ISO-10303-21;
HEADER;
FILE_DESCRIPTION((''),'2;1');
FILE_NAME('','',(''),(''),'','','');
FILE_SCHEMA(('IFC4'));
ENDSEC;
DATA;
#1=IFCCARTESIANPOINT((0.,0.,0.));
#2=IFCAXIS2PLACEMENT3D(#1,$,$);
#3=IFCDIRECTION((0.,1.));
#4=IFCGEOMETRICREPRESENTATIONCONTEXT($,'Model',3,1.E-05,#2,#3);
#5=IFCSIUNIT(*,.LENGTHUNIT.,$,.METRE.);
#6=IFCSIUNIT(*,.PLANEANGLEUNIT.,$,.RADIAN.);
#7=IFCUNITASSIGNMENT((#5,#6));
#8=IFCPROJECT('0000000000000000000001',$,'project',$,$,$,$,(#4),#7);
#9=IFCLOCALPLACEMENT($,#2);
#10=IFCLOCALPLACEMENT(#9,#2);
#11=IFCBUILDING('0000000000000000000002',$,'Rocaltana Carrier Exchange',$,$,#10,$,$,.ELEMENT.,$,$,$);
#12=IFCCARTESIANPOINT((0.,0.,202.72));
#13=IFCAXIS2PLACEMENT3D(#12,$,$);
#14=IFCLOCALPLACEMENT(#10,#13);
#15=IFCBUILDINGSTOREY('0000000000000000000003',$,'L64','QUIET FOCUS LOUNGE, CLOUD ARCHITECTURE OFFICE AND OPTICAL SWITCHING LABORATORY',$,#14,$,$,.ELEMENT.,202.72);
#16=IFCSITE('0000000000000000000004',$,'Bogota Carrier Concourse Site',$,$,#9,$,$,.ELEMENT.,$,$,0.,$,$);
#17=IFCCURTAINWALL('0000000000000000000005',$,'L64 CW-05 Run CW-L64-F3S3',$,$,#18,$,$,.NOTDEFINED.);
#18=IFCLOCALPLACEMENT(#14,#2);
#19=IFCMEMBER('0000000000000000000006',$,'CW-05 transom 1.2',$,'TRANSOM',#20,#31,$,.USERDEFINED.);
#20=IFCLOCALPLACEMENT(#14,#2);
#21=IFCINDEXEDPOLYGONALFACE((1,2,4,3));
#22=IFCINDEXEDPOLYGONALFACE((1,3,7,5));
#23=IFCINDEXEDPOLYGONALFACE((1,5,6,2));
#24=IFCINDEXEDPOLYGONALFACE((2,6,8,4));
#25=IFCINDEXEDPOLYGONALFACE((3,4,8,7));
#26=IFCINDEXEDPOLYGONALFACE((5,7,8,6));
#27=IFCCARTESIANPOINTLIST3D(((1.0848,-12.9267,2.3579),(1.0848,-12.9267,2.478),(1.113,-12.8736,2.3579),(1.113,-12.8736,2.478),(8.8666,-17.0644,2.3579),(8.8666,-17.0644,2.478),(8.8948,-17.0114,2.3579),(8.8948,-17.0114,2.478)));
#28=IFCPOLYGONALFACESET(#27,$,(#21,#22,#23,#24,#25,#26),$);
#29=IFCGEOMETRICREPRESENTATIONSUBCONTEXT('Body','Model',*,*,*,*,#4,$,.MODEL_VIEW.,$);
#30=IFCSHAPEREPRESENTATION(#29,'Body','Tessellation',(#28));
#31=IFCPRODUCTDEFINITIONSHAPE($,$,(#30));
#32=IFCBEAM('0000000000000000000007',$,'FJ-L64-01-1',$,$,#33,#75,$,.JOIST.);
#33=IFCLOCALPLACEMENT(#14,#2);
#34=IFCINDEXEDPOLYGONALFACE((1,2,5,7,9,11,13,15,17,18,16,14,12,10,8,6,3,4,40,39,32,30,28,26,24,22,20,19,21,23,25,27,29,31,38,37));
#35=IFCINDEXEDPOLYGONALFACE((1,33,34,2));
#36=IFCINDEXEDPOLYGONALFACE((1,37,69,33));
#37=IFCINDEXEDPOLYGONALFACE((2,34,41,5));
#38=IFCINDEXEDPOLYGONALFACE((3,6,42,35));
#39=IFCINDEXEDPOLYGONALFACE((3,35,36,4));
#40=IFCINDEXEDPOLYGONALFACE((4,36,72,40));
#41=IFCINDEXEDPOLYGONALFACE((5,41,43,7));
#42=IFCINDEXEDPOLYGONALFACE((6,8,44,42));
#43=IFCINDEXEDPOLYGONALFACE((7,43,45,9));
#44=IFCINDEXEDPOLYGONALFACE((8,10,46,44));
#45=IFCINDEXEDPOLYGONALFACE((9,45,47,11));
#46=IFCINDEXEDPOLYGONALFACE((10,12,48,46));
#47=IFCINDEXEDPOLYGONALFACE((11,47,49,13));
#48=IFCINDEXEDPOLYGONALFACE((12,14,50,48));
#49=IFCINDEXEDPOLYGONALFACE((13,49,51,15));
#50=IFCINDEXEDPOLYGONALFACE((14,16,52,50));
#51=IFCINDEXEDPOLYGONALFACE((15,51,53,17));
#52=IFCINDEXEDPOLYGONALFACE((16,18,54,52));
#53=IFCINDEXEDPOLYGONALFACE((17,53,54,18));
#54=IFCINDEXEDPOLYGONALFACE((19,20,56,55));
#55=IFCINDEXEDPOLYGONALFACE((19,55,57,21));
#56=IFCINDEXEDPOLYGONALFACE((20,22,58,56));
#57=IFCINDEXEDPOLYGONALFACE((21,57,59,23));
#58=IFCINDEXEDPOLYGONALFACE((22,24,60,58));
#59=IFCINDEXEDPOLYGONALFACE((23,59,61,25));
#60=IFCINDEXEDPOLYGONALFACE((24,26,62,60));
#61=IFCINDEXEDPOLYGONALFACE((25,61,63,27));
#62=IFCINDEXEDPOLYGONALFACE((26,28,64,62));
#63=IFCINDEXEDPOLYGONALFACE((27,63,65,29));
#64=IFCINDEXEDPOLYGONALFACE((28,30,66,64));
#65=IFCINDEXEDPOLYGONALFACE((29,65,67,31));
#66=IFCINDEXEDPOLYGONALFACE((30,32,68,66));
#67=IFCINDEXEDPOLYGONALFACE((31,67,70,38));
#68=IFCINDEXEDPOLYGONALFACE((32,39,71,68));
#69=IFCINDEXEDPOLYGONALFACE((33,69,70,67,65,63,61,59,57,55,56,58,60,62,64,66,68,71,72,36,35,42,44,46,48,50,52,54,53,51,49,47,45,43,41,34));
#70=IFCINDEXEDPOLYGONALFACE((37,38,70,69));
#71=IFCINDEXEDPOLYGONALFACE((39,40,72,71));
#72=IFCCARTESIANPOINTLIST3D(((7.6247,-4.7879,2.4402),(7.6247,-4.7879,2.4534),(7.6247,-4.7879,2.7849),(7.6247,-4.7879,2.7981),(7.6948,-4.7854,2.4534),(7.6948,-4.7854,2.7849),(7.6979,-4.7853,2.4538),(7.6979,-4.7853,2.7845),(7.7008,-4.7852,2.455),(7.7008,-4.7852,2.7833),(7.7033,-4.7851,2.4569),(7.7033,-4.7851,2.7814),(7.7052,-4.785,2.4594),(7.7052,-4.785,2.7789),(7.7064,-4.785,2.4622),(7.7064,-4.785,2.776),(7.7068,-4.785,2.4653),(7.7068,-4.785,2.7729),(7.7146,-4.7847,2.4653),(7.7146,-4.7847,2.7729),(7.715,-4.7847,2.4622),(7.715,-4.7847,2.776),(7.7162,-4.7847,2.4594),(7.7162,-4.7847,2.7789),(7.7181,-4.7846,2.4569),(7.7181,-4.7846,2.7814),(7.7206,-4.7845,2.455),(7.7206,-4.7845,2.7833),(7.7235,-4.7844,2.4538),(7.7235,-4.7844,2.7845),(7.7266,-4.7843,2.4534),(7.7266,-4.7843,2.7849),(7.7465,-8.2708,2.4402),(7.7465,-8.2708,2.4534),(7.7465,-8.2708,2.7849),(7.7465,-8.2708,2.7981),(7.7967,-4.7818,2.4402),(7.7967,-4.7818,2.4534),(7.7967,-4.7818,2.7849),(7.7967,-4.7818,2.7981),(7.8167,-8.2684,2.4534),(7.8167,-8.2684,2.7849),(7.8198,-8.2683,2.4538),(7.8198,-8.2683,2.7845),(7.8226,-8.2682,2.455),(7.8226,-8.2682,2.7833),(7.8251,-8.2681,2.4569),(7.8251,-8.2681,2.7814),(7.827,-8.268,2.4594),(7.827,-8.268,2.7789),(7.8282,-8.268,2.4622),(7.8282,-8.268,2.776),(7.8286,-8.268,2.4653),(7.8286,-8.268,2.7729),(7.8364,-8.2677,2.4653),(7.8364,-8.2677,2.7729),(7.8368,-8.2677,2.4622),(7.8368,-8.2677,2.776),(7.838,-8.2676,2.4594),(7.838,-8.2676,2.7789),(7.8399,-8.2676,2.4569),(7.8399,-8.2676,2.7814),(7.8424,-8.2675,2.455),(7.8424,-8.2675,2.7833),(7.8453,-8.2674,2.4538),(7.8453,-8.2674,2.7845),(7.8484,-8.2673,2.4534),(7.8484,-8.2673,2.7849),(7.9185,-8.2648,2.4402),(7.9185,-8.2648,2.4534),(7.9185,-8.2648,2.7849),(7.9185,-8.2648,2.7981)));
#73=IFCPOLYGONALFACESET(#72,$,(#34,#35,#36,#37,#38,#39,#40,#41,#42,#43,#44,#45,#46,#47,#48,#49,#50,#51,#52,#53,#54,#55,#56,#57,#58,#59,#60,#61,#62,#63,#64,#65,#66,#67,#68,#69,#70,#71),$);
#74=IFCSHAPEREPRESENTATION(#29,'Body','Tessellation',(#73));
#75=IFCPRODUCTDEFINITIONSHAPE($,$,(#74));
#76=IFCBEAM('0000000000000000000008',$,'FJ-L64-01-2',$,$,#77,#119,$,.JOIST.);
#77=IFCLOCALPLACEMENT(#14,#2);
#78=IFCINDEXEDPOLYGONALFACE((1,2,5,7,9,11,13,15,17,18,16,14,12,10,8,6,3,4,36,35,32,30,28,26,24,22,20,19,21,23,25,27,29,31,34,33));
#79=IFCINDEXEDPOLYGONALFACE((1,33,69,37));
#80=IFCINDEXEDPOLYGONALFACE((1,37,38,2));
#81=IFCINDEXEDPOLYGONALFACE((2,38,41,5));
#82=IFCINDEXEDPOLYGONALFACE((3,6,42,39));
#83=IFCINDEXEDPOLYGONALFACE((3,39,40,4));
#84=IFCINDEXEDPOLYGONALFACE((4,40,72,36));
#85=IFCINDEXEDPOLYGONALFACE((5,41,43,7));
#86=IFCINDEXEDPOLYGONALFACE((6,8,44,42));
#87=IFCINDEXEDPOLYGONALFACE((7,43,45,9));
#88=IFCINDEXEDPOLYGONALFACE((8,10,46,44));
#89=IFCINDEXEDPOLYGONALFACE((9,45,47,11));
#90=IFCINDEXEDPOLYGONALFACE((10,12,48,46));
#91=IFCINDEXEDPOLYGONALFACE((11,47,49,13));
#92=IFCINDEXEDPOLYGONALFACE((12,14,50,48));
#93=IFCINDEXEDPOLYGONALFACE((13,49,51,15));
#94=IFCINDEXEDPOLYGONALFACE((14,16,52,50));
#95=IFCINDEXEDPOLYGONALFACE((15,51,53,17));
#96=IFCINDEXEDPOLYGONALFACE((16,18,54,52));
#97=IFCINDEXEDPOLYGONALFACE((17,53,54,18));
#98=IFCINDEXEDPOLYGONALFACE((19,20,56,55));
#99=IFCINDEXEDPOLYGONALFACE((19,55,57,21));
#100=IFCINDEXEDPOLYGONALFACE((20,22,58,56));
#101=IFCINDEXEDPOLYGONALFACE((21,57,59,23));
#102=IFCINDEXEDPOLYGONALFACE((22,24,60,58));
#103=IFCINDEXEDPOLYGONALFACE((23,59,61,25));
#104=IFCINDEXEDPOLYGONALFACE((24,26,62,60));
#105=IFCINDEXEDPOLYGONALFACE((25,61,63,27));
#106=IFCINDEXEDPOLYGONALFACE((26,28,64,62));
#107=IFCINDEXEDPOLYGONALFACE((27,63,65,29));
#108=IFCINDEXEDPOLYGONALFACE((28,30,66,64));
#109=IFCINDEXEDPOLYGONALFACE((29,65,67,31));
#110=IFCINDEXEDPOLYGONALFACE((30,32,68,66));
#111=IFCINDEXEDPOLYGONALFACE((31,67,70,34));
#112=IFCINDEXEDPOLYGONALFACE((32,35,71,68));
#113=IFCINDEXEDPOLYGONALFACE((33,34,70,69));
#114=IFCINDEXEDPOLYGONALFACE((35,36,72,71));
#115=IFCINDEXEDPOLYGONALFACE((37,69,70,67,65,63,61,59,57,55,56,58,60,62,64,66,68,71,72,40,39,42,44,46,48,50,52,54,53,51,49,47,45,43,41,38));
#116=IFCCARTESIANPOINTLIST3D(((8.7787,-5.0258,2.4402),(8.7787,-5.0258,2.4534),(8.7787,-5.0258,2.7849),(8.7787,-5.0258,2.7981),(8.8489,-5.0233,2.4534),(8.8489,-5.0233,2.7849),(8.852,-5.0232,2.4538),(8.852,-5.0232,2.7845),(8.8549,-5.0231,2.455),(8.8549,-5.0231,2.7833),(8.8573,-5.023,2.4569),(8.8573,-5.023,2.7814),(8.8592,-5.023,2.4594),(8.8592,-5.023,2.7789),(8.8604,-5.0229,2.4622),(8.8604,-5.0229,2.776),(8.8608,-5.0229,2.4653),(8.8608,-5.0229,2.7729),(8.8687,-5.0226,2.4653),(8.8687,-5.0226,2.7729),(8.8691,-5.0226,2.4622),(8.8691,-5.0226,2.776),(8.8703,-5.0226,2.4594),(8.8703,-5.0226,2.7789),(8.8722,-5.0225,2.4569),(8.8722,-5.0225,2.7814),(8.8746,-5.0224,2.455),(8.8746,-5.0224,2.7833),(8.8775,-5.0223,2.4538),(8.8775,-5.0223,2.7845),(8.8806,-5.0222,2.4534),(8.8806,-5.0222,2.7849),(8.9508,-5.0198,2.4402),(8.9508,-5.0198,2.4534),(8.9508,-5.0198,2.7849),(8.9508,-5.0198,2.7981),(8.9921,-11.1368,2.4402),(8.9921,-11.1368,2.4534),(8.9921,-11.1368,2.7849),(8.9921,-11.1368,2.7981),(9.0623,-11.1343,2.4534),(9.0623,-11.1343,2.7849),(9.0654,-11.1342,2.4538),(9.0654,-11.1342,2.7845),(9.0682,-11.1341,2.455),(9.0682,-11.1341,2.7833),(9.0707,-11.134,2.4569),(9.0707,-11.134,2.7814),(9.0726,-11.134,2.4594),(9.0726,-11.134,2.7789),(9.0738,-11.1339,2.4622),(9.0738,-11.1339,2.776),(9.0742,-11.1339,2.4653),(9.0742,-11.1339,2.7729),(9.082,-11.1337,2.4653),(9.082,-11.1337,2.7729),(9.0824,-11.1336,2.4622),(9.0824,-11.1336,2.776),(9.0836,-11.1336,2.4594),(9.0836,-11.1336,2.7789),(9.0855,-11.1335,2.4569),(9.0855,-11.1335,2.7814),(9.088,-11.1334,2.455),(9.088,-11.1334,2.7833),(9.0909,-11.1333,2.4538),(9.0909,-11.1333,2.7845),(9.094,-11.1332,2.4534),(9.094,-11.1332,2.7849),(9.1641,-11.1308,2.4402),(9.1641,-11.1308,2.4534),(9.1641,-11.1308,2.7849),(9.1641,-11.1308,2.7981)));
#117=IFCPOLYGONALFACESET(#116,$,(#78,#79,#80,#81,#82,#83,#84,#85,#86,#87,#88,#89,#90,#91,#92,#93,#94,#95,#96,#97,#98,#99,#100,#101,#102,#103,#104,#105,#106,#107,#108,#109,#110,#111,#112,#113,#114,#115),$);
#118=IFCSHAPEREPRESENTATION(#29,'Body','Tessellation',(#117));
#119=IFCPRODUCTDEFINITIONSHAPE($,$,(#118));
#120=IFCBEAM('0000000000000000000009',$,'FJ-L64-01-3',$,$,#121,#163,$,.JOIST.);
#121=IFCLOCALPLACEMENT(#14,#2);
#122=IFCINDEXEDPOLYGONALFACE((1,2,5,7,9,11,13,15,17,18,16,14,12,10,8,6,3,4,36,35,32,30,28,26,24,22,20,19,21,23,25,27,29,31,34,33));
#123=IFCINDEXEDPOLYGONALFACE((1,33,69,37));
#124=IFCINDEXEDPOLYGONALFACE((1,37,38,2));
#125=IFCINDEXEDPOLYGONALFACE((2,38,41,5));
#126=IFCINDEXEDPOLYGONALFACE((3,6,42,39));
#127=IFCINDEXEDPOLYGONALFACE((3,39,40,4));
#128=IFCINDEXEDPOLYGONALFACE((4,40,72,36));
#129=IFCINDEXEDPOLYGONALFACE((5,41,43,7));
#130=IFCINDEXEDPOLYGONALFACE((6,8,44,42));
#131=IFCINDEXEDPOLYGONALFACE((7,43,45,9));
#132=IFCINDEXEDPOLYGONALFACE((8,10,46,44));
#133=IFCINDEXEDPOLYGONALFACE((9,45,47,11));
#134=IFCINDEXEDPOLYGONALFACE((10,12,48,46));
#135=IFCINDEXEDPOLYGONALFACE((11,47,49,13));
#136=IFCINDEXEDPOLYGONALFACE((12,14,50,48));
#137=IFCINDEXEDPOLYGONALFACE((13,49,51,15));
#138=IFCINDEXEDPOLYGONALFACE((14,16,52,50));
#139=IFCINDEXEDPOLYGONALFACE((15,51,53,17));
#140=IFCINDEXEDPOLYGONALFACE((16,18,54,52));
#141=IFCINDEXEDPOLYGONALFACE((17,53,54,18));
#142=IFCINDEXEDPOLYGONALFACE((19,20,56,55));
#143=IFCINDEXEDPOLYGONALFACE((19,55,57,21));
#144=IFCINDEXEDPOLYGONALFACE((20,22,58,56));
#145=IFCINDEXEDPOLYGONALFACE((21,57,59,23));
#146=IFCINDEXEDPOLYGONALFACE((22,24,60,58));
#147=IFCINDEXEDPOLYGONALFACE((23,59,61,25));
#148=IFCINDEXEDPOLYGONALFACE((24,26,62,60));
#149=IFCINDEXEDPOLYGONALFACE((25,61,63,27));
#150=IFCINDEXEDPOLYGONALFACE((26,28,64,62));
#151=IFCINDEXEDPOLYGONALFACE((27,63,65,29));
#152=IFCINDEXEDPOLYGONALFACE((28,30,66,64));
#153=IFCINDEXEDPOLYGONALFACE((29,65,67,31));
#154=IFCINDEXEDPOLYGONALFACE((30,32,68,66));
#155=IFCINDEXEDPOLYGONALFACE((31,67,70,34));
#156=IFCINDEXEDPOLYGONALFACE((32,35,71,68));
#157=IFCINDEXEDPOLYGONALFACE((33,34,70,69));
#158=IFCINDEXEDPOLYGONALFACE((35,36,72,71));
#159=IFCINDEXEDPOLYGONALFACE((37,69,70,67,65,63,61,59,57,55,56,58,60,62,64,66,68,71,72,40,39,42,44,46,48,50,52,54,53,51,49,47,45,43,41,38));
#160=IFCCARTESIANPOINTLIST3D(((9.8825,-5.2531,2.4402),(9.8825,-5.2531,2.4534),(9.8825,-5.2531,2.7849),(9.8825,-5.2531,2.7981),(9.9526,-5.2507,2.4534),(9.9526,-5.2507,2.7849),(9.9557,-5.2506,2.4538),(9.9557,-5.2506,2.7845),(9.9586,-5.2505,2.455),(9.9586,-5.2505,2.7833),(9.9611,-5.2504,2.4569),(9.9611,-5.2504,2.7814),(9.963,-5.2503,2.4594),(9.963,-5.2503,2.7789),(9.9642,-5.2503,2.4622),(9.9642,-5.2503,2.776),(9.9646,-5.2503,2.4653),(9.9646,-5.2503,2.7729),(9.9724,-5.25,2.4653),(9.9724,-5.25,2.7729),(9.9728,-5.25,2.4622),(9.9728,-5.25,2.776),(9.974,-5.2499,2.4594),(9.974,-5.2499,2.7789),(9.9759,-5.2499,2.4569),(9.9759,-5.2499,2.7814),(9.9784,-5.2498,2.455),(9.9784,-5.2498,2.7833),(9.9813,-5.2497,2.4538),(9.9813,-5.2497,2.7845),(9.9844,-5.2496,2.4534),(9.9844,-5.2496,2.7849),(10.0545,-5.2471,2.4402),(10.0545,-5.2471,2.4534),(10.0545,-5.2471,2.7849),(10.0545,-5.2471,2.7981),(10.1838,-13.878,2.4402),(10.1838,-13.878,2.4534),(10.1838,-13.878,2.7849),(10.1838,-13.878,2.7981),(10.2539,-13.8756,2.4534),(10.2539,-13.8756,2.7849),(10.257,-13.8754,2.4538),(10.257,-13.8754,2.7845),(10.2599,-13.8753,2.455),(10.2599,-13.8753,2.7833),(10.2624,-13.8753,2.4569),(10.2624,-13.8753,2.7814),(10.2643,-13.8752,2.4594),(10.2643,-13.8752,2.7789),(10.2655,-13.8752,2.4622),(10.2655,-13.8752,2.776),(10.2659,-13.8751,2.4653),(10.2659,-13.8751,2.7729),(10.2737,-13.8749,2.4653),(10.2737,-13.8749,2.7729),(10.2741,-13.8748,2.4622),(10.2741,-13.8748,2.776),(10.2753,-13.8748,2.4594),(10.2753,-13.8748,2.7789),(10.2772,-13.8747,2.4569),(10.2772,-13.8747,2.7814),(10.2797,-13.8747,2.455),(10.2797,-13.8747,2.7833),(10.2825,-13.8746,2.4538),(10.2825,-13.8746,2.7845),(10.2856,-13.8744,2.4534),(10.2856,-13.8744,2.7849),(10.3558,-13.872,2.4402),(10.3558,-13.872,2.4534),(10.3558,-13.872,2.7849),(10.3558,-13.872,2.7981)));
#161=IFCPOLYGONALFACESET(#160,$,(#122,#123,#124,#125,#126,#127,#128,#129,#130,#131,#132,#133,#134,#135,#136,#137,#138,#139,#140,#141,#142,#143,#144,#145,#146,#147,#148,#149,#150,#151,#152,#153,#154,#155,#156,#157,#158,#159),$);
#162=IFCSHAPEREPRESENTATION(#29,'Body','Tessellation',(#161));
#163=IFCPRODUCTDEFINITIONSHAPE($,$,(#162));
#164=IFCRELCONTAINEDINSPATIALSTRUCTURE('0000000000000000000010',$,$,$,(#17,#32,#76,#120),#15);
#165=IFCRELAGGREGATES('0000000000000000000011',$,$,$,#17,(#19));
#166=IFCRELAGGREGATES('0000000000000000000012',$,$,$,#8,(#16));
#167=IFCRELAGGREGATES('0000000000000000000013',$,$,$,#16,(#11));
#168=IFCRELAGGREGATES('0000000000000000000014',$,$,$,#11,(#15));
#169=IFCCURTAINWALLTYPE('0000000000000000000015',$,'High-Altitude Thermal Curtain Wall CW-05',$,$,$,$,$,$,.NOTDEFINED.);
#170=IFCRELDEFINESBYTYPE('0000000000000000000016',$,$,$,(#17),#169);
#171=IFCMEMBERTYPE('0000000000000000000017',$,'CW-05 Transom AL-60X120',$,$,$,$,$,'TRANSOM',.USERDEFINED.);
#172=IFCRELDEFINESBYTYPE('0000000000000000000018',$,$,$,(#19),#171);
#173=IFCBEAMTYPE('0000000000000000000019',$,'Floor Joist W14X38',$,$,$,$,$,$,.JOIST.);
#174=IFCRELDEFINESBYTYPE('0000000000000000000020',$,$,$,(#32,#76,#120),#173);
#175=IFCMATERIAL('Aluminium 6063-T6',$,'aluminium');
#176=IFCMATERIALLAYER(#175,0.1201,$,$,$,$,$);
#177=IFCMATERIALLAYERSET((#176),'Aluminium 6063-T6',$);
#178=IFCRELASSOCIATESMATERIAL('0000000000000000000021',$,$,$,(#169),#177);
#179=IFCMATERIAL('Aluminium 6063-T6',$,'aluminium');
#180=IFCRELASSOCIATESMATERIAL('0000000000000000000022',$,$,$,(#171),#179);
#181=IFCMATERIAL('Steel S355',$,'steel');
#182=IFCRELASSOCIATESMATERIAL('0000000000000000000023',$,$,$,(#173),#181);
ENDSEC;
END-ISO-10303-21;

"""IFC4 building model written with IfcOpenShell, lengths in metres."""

from ifc_helpers import new_model, si_unit, direction, frame, origin, origin_2d, place, context, subcontext, project, spatial, rectangle, i_section, extrude, material, layer, layer_set, material_profile, profile_set, type_object, element, aggregate, save


model = new_model("IFC4")

# Units and contexts
model_context = context("Model", 3, precision=1e-05, world=origin(), true_north=direction((0.0, 1.0)))
body_context = subcontext(model_context, "Body", "Model", "MODEL_VIEW")
ifc_project = project(units=[si_unit("LENGTHUNIT", "METRE"), si_unit("PLANEANGLEUNIT", "RADIAN")], contexts=[model_context])

# Site, building, storey
site_placement = place(None, origin())
site = spatial("IfcSite", under=ifc_project, at=site_placement, Name="Bogota Carrier Concourse Site", CompositionType="ELEMENT", RefElevation=0.0)
building_placement = place(site_placement, origin())
building = spatial("IfcBuilding", under=site, at=building_placement, Name="Rocaltana Carrier Exchange", CompositionType="ELEMENT")
storey_placement = place(building_placement, frame((0.0, 0.0, 202.72)))
storey = spatial("IfcBuildingStorey", under=building, at=storey_placement, Name="L64", Description="QUIET FOCUS LOUNGE, CLOUD ARCHITECTURE OFFICE AND OPTICAL SWITCHING LABORATORY", CompositionType="ELEMENT", Elevation=202.72)

# Curtain wall
ifc_material_1 = material(Name="Aluminium 6063-T6", Category="aluminium")
ifc_layer_1 = layer(ifc_material_1, 0.1201)
ifc_layer_set_1 = layer_set([ifc_layer_1], Name="Aluminium 6063-T6")
curtain_wall_type = type_object("IfcCurtainWallType", Name="High-Altitude Thermal Curtain Wall CW-05", PredefinedType="NOTDEFINED", material=ifc_layer_set_1)
curtain_wall_1_placement = place(storey_placement, origin())
curtain_wall_1 = element("IfcCurtainWall", 1, at=curtain_wall_1_placement, inside=storey, type_object=curtain_wall_type, Name="L64 CW-05 Run CW-L64-F3S3", PredefinedType="NOTDEFINED")

# Member
ifc_material_2 = material(Name="Aluminium 6063-T6", Category="aluminium")
ifc_material_profile_1 = material_profile(ifc_material_2, rectangle(XDim=0.0601, YDim=0.1201, at=origin_2d()), Name="AL-60X120")
ifc_profile_set_1 = profile_set([ifc_material_profile_1], Name="Aluminium 6063-T6")
member_type_1 = type_object("IfcMemberType", Name="CW-05 Transom AL-60X120", ElementType="TRANSOM", PredefinedType="USERDEFINED", material=ifc_profile_set_1)
member_1_placement = place(storey_placement, frame((1.0989, -12.9001, 2.418), z_axis=(0.882944, -0.469478, 0.0), x_axis=(0.469478, 0.882944, 0.0)))
member_1 = element("IfcMember", 2, at=member_1_placement, type_object=member_type_1, Name="CW-05 transom 1.2", ObjectType="TRANSOM", PredefinedType="USERDEFINED", context=body_context, shape_type="SweptSolid", body=[
    extrude(rectangle(XDim=0.0601, YDim=0.1201, at=origin_2d()), origin(), (0.0, 0.0, 1.0), 8.8135),
])

# Beams
ifc_material_3 = material(Name="Steel S355", Category="steel")
ifc_material_profile_2 = material_profile(ifc_material_3, i_section(OverallWidth=0.1721, OverallDepth=0.3579, WebThickness=0.0078, FlangeThickness=0.0132, FilletRadius=0.012, at=origin_2d()), Name="W14X38")
ifc_profile_set_2 = profile_set([ifc_material_profile_2], Name="Steel S355")
beam_type_1 = type_object("IfcBeamType", Name="Floor Joist W14X38", PredefinedType="JOIST", material=ifc_profile_set_2)
beam_1_placement = place(storey_placement, frame((7.8325, -8.2678, 2.6191), z_axis=(-0.034957, 0.999389, 0.0), x_axis=(-0.999389, -0.034957, 0.0)))
element("IfcBeam", 3, at=beam_1_placement, inside=storey, type_object=beam_type_1, Name="FJ-L64-01-1", PredefinedType="JOIST", context=body_context, shape_type="SweptSolid", body=[
    extrude(i_section(OverallWidth=0.1721, OverallDepth=0.3579, WebThickness=0.0078, FlangeThickness=0.0132, FilletRadius=0.012, at=origin_2d()), origin(), (0.0, 0.0, 1.0), 3.4851),
])
beam_2_placement = place(storey_placement, frame((9.0781, -11.1338, 2.6191), z_axis=(-0.034895, 0.999391, 0.0), x_axis=(-0.999391, -0.034895, 0.0)))
element("IfcBeam", 4, at=beam_2_placement, inside=storey, type_object=beam_type_1, Name="FJ-L64-01-2", PredefinedType="JOIST", context=body_context, shape_type="SweptSolid", body=[
    extrude(i_section(OverallWidth=0.1721, OverallDepth=0.3579, WebThickness=0.0078, FlangeThickness=0.0132, FilletRadius=0.012, at=origin_2d()), origin(), (0.0, 0.0, 1.0), 6.1147),
])
beam_3_placement = place(storey_placement, frame((10.2698, -13.875, 2.6191), z_axis=(-0.034909, 0.99939, 0.0), x_axis=(-0.99939, -0.034909, 0.0)))
element("IfcBeam", 5, at=beam_3_placement, inside=storey, type_object=beam_type_1, Name="FJ-L64-01-3", PredefinedType="JOIST", context=body_context, shape_type="SweptSolid", body=[
    extrude(i_section(OverallWidth=0.1721, OverallDepth=0.3579, WebThickness=0.0078, FlangeThickness=0.0132, FilletRadius=0.012, at=origin_2d()), origin(), (0.0, 0.0, 1.0), 8.6301),
])

aggregate(curtain_wall_1, [member_1])

save(model, "model.ifc")
